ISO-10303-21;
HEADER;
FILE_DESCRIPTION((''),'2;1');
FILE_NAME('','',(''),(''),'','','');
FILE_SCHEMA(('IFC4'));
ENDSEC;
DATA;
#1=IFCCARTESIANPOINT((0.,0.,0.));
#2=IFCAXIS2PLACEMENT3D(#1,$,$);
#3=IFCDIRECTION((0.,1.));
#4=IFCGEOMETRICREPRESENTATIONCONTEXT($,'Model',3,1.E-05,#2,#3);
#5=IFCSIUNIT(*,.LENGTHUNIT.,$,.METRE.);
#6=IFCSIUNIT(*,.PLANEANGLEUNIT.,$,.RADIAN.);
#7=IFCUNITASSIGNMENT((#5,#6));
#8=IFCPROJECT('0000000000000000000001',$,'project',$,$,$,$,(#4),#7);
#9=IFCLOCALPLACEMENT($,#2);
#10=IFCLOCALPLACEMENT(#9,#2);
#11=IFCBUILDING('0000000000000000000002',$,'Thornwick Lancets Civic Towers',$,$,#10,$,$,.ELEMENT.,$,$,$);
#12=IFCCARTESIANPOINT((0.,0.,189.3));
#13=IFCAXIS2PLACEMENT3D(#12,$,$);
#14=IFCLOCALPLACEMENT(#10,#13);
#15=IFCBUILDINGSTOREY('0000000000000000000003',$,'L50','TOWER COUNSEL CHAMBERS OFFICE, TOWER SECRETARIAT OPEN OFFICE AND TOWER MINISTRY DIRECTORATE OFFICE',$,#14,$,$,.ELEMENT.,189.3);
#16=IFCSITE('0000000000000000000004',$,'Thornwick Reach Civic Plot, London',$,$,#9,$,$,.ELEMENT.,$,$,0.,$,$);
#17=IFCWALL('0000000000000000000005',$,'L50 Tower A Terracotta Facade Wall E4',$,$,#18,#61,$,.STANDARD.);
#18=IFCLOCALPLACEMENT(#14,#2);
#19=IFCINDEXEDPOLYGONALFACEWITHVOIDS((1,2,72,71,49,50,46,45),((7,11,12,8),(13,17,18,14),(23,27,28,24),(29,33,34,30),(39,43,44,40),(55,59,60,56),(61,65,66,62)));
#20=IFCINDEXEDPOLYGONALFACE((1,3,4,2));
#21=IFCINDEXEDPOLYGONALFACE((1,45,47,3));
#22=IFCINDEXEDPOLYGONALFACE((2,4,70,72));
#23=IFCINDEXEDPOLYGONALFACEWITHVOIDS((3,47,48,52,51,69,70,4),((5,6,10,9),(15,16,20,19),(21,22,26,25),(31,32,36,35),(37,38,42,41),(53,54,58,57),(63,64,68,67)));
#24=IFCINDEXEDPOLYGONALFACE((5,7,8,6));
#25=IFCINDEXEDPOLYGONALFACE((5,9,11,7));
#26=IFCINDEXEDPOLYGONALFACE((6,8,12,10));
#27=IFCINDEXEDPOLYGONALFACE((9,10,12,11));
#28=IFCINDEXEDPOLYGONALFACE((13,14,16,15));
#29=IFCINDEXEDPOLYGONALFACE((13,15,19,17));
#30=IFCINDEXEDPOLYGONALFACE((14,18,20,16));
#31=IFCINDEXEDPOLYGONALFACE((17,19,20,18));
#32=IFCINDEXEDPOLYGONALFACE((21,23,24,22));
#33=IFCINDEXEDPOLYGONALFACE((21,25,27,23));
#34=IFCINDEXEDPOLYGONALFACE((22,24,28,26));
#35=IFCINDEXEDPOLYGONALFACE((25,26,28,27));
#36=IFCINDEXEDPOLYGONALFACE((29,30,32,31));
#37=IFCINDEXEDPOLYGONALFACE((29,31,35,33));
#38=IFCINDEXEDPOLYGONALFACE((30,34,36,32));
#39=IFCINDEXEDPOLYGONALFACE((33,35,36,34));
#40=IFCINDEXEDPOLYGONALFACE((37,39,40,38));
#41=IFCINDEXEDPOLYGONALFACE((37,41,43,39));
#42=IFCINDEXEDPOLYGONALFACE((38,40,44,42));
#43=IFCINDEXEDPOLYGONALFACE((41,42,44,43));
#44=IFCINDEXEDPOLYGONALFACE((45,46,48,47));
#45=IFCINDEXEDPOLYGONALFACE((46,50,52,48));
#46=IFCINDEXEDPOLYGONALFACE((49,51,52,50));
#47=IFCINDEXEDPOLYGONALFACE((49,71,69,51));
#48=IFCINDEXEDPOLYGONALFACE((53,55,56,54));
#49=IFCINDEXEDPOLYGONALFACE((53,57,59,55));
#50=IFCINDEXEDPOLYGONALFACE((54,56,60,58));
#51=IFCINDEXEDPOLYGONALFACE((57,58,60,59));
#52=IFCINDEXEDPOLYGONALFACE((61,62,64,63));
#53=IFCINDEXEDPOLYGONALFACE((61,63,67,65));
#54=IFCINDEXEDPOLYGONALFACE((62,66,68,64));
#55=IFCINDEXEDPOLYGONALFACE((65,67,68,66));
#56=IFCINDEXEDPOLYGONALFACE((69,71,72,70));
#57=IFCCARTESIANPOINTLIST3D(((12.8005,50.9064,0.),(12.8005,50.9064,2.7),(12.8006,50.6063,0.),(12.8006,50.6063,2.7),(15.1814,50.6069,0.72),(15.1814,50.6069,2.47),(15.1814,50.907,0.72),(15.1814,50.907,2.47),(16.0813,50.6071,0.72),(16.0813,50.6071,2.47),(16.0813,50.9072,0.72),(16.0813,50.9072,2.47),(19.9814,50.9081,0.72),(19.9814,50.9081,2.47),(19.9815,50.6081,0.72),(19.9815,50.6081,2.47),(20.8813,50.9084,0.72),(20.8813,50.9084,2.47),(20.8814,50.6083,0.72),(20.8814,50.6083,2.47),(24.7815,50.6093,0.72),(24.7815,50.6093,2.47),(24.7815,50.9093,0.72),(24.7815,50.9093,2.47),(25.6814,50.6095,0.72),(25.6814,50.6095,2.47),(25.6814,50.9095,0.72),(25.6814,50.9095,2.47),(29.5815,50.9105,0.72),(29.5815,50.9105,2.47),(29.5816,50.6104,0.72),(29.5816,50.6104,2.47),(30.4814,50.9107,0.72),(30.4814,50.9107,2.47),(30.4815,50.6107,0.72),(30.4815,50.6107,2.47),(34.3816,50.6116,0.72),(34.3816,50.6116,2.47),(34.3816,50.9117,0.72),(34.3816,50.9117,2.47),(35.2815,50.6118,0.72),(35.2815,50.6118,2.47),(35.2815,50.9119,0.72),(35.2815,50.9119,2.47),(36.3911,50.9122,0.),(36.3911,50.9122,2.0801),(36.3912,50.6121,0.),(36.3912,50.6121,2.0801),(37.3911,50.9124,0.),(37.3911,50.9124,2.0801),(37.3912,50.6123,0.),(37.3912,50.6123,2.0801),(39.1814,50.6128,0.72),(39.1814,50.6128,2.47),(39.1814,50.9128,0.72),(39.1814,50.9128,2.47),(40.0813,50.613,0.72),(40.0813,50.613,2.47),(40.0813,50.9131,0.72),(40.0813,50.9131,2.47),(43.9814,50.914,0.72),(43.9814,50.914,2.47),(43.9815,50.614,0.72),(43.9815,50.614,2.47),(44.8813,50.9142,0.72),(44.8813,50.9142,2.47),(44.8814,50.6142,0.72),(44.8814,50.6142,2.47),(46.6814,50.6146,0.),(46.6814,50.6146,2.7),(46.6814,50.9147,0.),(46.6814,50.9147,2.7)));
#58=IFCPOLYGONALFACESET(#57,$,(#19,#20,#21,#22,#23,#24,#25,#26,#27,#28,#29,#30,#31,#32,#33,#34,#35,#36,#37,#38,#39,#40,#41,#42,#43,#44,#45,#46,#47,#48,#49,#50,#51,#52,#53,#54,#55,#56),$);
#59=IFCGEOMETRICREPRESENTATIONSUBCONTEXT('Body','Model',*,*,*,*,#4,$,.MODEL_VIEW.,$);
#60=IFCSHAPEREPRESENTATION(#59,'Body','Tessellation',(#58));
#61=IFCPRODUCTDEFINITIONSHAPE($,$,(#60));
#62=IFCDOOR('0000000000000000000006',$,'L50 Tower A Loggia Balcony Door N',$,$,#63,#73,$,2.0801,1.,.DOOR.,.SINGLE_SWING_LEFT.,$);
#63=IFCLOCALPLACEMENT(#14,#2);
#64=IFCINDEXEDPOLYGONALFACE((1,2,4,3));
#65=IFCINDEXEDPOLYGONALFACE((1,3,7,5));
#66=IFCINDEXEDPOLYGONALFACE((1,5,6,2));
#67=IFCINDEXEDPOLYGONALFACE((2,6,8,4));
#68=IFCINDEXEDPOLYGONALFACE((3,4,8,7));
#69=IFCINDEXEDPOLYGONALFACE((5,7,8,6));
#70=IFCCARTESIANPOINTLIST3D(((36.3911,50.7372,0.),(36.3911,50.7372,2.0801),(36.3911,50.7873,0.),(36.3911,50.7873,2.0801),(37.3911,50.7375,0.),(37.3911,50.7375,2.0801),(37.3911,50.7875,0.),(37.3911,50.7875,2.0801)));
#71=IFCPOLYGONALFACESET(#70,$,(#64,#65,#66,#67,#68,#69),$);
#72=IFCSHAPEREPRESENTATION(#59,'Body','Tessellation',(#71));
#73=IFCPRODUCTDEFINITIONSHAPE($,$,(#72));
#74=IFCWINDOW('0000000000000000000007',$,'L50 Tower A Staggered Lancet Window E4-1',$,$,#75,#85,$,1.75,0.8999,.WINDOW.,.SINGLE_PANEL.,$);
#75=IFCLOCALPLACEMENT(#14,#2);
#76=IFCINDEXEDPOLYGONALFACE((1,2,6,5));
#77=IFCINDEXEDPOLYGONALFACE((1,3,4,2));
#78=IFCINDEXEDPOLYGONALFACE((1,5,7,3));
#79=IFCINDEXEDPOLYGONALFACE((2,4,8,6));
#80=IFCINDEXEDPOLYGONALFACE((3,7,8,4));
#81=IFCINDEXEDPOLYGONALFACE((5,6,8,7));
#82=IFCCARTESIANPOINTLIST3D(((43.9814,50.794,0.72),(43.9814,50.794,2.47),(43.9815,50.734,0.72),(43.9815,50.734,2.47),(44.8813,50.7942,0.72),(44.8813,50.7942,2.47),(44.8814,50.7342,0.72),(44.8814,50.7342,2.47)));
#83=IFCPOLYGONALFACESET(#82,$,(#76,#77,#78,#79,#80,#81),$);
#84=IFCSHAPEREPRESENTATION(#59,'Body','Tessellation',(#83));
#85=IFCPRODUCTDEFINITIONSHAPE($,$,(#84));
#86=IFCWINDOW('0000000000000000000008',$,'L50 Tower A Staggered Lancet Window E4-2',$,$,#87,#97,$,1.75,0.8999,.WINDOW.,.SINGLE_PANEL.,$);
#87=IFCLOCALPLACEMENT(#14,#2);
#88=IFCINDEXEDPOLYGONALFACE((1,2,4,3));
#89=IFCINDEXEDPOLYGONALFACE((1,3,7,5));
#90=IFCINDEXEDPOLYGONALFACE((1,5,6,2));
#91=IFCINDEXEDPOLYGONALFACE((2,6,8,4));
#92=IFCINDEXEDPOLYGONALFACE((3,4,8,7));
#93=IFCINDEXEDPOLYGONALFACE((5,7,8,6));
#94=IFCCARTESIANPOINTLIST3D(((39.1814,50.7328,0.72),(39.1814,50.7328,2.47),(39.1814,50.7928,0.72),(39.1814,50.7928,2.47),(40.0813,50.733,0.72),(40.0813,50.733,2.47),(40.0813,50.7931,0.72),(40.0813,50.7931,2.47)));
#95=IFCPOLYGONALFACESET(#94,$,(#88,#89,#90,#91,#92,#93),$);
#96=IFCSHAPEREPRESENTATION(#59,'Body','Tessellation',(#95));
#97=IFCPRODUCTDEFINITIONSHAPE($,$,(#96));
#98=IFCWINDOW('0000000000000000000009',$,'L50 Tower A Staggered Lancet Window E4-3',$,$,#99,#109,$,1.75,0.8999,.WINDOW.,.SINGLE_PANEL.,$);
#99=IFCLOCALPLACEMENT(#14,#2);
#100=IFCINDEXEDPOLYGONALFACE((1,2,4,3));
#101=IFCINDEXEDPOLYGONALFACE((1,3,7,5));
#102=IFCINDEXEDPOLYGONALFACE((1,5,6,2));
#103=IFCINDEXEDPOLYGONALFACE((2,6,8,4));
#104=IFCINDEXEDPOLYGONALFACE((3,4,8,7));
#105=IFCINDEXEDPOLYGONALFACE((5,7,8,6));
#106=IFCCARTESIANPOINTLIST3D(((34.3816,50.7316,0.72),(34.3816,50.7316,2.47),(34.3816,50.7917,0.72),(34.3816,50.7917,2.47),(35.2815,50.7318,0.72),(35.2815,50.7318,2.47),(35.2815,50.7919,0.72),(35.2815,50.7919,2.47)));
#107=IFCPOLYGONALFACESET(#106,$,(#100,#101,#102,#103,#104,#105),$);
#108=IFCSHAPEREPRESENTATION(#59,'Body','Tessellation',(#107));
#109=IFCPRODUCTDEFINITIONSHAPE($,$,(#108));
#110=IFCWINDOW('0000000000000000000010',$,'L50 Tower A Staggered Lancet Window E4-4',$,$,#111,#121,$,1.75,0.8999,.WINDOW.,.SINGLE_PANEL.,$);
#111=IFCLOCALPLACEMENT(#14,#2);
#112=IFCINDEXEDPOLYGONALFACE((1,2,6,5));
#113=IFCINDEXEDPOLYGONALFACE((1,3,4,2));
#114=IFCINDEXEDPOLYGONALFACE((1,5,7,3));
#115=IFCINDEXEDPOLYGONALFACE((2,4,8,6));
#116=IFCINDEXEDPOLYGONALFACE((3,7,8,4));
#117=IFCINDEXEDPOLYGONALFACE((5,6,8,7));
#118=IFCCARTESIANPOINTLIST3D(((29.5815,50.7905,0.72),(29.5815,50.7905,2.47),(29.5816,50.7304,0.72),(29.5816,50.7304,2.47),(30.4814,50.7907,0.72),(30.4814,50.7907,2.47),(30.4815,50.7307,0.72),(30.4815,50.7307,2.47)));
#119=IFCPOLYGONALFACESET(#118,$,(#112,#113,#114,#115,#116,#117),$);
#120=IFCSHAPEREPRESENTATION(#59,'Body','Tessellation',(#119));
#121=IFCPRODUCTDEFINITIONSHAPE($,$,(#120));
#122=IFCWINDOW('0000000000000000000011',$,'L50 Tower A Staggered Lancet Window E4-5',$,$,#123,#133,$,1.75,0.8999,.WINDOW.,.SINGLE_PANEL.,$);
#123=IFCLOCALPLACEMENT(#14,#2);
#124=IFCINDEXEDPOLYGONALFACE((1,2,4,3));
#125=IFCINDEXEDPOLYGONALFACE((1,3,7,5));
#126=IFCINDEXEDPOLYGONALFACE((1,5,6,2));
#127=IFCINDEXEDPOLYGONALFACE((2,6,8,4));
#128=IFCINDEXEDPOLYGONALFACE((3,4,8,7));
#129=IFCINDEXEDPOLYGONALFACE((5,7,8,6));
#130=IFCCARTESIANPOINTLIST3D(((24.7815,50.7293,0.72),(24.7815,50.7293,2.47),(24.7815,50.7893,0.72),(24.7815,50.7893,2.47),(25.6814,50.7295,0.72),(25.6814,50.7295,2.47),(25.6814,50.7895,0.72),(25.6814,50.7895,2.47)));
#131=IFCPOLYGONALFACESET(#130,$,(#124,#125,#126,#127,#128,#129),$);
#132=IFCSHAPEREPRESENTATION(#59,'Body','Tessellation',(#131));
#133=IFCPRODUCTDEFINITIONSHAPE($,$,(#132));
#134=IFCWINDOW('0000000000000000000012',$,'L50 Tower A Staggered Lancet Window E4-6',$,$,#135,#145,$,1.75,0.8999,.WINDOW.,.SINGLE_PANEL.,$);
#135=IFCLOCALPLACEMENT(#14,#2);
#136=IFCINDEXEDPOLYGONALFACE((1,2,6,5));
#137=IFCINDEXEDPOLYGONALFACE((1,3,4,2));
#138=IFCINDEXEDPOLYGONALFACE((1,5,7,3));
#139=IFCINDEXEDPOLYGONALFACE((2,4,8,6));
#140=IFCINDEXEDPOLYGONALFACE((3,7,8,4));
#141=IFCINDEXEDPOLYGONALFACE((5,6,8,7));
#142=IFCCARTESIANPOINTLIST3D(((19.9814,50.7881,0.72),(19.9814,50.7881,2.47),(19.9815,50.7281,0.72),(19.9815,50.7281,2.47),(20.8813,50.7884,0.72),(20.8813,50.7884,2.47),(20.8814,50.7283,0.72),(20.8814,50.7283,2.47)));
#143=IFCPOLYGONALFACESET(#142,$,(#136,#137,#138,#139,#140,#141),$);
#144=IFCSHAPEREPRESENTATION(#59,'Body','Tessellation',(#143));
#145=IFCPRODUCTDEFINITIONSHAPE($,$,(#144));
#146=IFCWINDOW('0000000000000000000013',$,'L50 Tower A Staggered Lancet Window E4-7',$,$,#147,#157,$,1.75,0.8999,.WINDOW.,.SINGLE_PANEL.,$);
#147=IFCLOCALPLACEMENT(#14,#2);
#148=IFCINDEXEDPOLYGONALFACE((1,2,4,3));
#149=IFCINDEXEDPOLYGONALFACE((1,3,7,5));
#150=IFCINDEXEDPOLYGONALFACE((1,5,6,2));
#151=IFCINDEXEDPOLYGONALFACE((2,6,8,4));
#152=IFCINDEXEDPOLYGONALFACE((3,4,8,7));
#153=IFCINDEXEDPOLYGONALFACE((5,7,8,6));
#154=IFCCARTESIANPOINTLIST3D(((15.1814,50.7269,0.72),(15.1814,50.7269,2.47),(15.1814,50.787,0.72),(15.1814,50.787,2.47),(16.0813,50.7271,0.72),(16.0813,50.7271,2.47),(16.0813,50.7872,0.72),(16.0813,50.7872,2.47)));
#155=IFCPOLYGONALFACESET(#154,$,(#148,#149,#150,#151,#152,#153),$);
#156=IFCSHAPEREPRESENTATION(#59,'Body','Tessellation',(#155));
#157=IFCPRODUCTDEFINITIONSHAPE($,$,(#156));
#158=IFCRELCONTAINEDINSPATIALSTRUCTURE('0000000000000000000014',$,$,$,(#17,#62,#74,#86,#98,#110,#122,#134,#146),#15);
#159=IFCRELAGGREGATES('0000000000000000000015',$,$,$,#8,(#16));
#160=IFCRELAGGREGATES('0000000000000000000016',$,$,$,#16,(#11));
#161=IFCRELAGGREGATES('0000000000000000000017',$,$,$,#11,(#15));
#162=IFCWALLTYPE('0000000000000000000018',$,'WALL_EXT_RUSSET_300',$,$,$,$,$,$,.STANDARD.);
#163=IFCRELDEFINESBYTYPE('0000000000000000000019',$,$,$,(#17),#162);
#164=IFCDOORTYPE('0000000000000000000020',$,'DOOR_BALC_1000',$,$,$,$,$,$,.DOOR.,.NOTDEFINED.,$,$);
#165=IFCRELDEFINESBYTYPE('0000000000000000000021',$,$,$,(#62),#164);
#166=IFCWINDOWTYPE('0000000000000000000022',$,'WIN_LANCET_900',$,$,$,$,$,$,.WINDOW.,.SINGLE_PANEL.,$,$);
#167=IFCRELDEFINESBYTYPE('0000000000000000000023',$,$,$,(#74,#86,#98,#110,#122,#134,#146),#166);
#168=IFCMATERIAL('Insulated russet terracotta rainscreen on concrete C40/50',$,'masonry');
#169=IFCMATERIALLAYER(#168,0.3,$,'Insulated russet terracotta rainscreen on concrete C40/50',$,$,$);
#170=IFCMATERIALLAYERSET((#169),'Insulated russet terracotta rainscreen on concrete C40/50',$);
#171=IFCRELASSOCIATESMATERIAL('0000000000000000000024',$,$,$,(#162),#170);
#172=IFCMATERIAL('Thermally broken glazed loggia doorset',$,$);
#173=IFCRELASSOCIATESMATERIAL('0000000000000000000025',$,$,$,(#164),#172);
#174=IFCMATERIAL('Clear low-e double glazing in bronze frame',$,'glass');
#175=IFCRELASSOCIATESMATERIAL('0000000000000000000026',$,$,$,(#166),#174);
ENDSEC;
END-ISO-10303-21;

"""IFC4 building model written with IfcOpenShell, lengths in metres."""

from ifc_helpers import new_model, si_unit, direction, frame, frame_2d, origin, place, context, subcontext, project, spatial, rectangle, extrude, material, layer, layer_set, type_object, element, fill, save


model = new_model("IFC4")

# Units and contexts
model_context = context("Model", 3, precision=1e-05, world=origin(), true_north=direction((0.0, 1.0)))
body_context = subcontext(model_context, "Body", "Model", "MODEL_VIEW")
ifc_project = project(units=[si_unit("LENGTHUNIT", "METRE"), si_unit("PLANEANGLEUNIT", "RADIAN")], contexts=[model_context])

# Site, building, storey
site_placement = place(None, origin())
site = spatial("IfcSite", under=ifc_project, at=site_placement, Name="Thornwick Reach Civic Plot, London", CompositionType="ELEMENT", RefElevation=0.0)
building_placement = place(site_placement, origin())
building = spatial("IfcBuilding", under=site, at=building_placement, Name="Thornwick Lancets Civic Towers", CompositionType="ELEMENT")
storey_placement = place(building_placement, frame((0.0, 0.0, 189.3)))
storey = spatial("IfcBuildingStorey", under=building, at=storey_placement, Name="L50", Description="TOWER COUNSEL CHAMBERS OFFICE, TOWER SECRETARIAT OPEN OFFICE AND TOWER MINISTRY DIRECTORATE OFFICE", CompositionType="ELEMENT", Elevation=189.3)

# Wall, openings, door, windows
ifc_material_1 = material(Name="Insulated russet terracotta rainscreen on concrete C40/50", Category="masonry")
ifc_layer_1 = layer(ifc_material_1, 0.3, Name="Insulated russet terracotta rainscreen on concrete C40/50")
ifc_layer_set_1 = layer_set([ifc_layer_1], Name="Insulated russet terracotta rainscreen on concrete C40/50")
wall_type_1 = type_object("IfcWallType", Name="WALL_EXT_RUSSET_300", PredefinedType="STANDARD", material=ifc_layer_set_1)
wall_1_placement = place(storey_placement, frame((46.6814, 50.7646, 0.0), z_axis=(0.0, 0.0, 1.0), x_axis=(-1.0, -0.000245, 0.0)))
wall_1 = element("IfcWall", 1, at=wall_1_placement, inside=storey, type_object=wall_type_1, Name="L50 Tower A Terracotta Facade Wall E4", PredefinedType="STANDARD", context=body_context, shape_type="SweptSolid", body=[
    extrude(rectangle(XDim=33.8809, YDim=0.3, at=frame_2d((16.9404, 0.0))), origin(), (0.0, 0.0, 1.0), 2.7),
])
opening_1_placement = place(wall_1_placement, frame((9.2903, 0.0, 0.0)))
opening_1 = element("IfcOpeningElement", 2, at=opening_1_placement, cuts=wall_1, PredefinedType="OPENING", context=body_context, shape_type="SweptSolid", body=[
    extrude(rectangle(XDim=1.0, YDim=2.0801, at=frame_2d((0.5, 1.04))), frame((0.0, 0.1602, 0.0), z_axis=(0.0, -1.0, 0.0), x_axis=(1.0, 0.0, 0.0)), (0.0, 0.0, 1.0), 0.3201),
])
opening_2_placement = place(wall_1_placement, frame((1.8, 0.0, 0.72)))
opening_2 = element("IfcOpeningElement", 3, at=opening_2_placement, cuts=wall_1, PredefinedType="OPENING", context=body_context, shape_type="SweptSolid", body=[
    extrude(rectangle(XDim=0.8999, YDim=1.75, at=frame_2d((0.45, 0.875))), frame((0.0, 0.1602, 0.0), z_axis=(0.0, -1.0, 0.0), x_axis=(1.0, 0.0, 0.0)), (0.0, 0.0, 1.0), 0.3201),
])
opening_3_placement = place(wall_1_placement, frame((6.6001, 0.0, 0.72)))
opening_3 = element("IfcOpeningElement", 4, at=opening_3_placement, cuts=wall_1, PredefinedType="OPENING", context=body_context, shape_type="SweptSolid", body=[
    extrude(rectangle(XDim=0.8999, YDim=1.75, at=frame_2d((0.45, 0.875))), frame((0.0, 0.1602, 0.0), z_axis=(0.0, -1.0, 0.0), x_axis=(1.0, 0.0, 0.0)), (0.0, 0.0, 1.0), 0.3201),
])
opening_4_placement = place(wall_1_placement, frame((11.3999, 0.0, 0.72)))
opening_4 = element("IfcOpeningElement", 5, at=opening_4_placement, cuts=wall_1, PredefinedType="OPENING", context=body_context, shape_type="SweptSolid", body=[
    extrude(rectangle(XDim=0.8999, YDim=1.75, at=frame_2d((0.45, 0.875))), frame((0.0, 0.1602, 0.0), z_axis=(0.0, -1.0, 0.0), x_axis=(1.0, 0.0, 0.0)), (0.0, 0.0, 1.0), 0.3201),
])
opening_5_placement = place(wall_1_placement, frame((16.2, 0.0, 0.72)))
opening_5 = element("IfcOpeningElement", 6, at=opening_5_placement, cuts=wall_1, PredefinedType="OPENING", context=body_context, shape_type="SweptSolid", body=[
    extrude(rectangle(XDim=0.8999, YDim=1.75, at=frame_2d((0.45, 0.875))), frame((0.0, 0.1602, 0.0), z_axis=(0.0, -1.0, 0.0), x_axis=(1.0, 0.0, 0.0)), (0.0, 0.0, 1.0), 0.3201),
])
opening_6_placement = place(wall_1_placement, frame((21.0, 0.0, 0.72)))
opening_6 = element("IfcOpeningElement", 7, at=opening_6_placement, cuts=wall_1, PredefinedType="OPENING", context=body_context, shape_type="SweptSolid", body=[
    extrude(rectangle(XDim=0.8999, YDim=1.75, at=frame_2d((0.45, 0.875))), frame((0.0, 0.1602, 0.0), z_axis=(0.0, -1.0, 0.0), x_axis=(1.0, 0.0, 0.0)), (0.0, 0.0, 1.0), 0.3201),
])
opening_7_placement = place(wall_1_placement, frame((25.8, 0.0, 0.72)))
opening_7 = element("IfcOpeningElement", 8, at=opening_7_placement, cuts=wall_1, PredefinedType="OPENING", context=body_context, shape_type="SweptSolid", body=[
    extrude(rectangle(XDim=0.8999, YDim=1.75, at=frame_2d((0.45, 0.875))), frame((0.0, 0.1602, 0.0), z_axis=(0.0, -1.0, 0.0), x_axis=(1.0, 0.0, 0.0)), (0.0, 0.0, 1.0), 0.3201),
])
opening_8_placement = place(wall_1_placement, frame((30.6001, 0.0, 0.72)))
opening_8 = element("IfcOpeningElement", 9, at=opening_8_placement, cuts=wall_1, PredefinedType="OPENING", context=body_context, shape_type="SweptSolid", body=[
    extrude(rectangle(XDim=0.8999, YDim=1.75, at=frame_2d((0.45, 0.875))), frame((0.0, 0.1602, 0.0), z_axis=(0.0, -1.0, 0.0), x_axis=(1.0, 0.0, 0.0)), (0.0, 0.0, 1.0), 0.3201),
])
ifc_material_2 = material(Name="Thermally broken glazed loggia doorset")
door_type_1 = type_object("IfcDoorType", Name="DOOR_BALC_1000", OperationType="NOTDEFINED", PredefinedType="DOOR", material=ifc_material_2)
door_1_placement = place(opening_1_placement, origin())
door_1 = element("IfcDoor", 10, at=door_1_placement, inside=storey, type_object=door_type_1, Name="L50 Tower A Loggia Balcony Door N", OperationType="SINGLE_SWING_LEFT", OverallHeight=2.0801, OverallWidth=1.0, PredefinedType="DOOR", context=body_context, shape_type="SweptSolid", body=[
    extrude(rectangle(XDim=1.0, YDim=2.0801, at=frame_2d((0.5, 1.04))), frame((0.0, 0.0249, 0.0), z_axis=(0.0, -1.0, 0.0), x_axis=(1.0, 0.0, 0.0)), (0.0, 0.0, 1.0), 0.05),
])
fill(opening_1, door_1)
ifc_material_3 = material(Name="Clear low-e double glazing in bronze frame", Category="glass")
window_type = type_object("IfcWindowType", Name="WIN_LANCET_900", PartitioningType="SINGLE_PANEL", PredefinedType="WINDOW", material=ifc_material_3)
window_1_placement = place(opening_2_placement, origin())
window_1 = element("IfcWindow", 11, at=window_1_placement, inside=storey, type_object=window_type, Name="L50 Tower A Staggered Lancet Window E4-1", OverallHeight=1.75, OverallWidth=0.8999, PartitioningType="SINGLE_PANEL", PredefinedType="WINDOW", context=body_context, shape_type="SweptSolid", body=[
    extrude(rectangle(XDim=0.8999, YDim=1.75, at=frame_2d((0.45, 0.875))), frame((0.0, 0.03, 0.0), z_axis=(0.0, -1.0, 0.0), x_axis=(1.0, 0.0, 0.0)), (0.0, 0.0, 1.0), 0.0601),
])
fill(opening_2, window_1)
window_2_placement = place(opening_3_placement, origin())
window_2 = element("IfcWindow", 12, at=window_2_placement, inside=storey, type_object=window_type, Name="L50 Tower A Staggered Lancet Window E4-2", OverallHeight=1.75, OverallWidth=0.8999, PartitioningType="SINGLE_PANEL", PredefinedType="WINDOW", context=body_context, shape_type="SweptSolid", body=[
    extrude(rectangle(XDim=0.8999, YDim=1.75, at=frame_2d((0.45, 0.875))), frame((0.0, 0.03, 0.0), z_axis=(0.0, -1.0, 0.0), x_axis=(1.0, 0.0, 0.0)), (0.0, 0.0, 1.0), 0.0601),
])
fill(opening_3, window_2)
window_3_placement = place(opening_4_placement, origin())
window_3 = element("IfcWindow", 13, at=window_3_placement, inside=storey, type_object=window_type, Name="L50 Tower A Staggered Lancet Window E4-3", OverallHeight=1.75, OverallWidth=0.8999, PartitioningType="SINGLE_PANEL", PredefinedType="WINDOW", context=body_context, shape_type="SweptSolid", body=[
    extrude(rectangle(XDim=0.8999, YDim=1.75, at=frame_2d((0.45, 0.875))), frame((0.0, 0.03, 0.0), z_axis=(0.0, -1.0, 0.0), x_axis=(1.0, 0.0, 0.0)), (0.0, 0.0, 1.0), 0.0601),
])
fill(opening_4, window_3)
window_4_placement = place(opening_5_placement, origin())
window_4 = element("IfcWindow", 14, at=window_4_placement, inside=storey, type_object=window_type, Name="L50 Tower A Staggered Lancet Window E4-4", OverallHeight=1.75, OverallWidth=0.8999, PartitioningType="SINGLE_PANEL", PredefinedType="WINDOW", context=body_context, shape_type="SweptSolid", body=[
    extrude(rectangle(XDim=0.8999, YDim=1.75, at=frame_2d((0.45, 0.875))), frame((0.0, 0.03, 0.0), z_axis=(0.0, -1.0, 0.0), x_axis=(1.0, 0.0, 0.0)), (0.0, 0.0, 1.0), 0.0601),
])
fill(opening_5, window_4)
window_5_placement = place(opening_6_placement, origin())
window_5 = element("IfcWindow", 15, at=window_5_placement, inside=storey, type_object=window_type, Name="L50 Tower A Staggered Lancet Window E4-5", OverallHeight=1.75, OverallWidth=0.8999, PartitioningType="SINGLE_PANEL", PredefinedType="WINDOW", context=body_context, shape_type="SweptSolid", body=[
    extrude(rectangle(XDim=0.8999, YDim=1.75, at=frame_2d((0.45, 0.875))), frame((0.0, 0.03, 0.0), z_axis=(0.0, -1.0, 0.0), x_axis=(1.0, 0.0, 0.0)), (0.0, 0.0, 1.0), 0.0601),
])
fill(opening_6, window_5)
window_6_placement = place(opening_7_placement, origin())
window_6 = element("IfcWindow", 16, at=window_6_placement, inside=storey, type_object=window_type, Name="L50 Tower A Staggered Lancet Window E4-6", OverallHeight=1.75, OverallWidth=0.8999, PartitioningType="SINGLE_PANEL", PredefinedType="WINDOW", context=body_context, shape_type="SweptSolid", body=[
    extrude(rectangle(XDim=0.8999, YDim=1.75, at=frame_2d((0.45, 0.875))), frame((0.0, 0.03, 0.0), z_axis=(0.0, -1.0, 0.0), x_axis=(1.0, 0.0, 0.0)), (0.0, 0.0, 1.0), 0.0601),
])
fill(opening_7, window_6)
window_7_placement = place(opening_8_placement, origin())
window_7 = element("IfcWindow", 17, at=window_7_placement, inside=storey, type_object=window_type, Name="L50 Tower A Staggered Lancet Window E4-7", OverallHeight=1.75, OverallWidth=0.8999, PartitioningType="SINGLE_PANEL", PredefinedType="WINDOW", context=body_context, shape_type="SweptSolid", body=[
    extrude(rectangle(XDim=0.8999, YDim=1.75, at=frame_2d((0.45, 0.875))), frame((0.0, 0.03, 0.0), z_axis=(0.0, -1.0, 0.0), x_axis=(1.0, 0.0, 0.0)), (0.0, 0.0, 1.0), 0.0601),
])
fill(opening_8, window_7)

save(model, "model.ifc")
